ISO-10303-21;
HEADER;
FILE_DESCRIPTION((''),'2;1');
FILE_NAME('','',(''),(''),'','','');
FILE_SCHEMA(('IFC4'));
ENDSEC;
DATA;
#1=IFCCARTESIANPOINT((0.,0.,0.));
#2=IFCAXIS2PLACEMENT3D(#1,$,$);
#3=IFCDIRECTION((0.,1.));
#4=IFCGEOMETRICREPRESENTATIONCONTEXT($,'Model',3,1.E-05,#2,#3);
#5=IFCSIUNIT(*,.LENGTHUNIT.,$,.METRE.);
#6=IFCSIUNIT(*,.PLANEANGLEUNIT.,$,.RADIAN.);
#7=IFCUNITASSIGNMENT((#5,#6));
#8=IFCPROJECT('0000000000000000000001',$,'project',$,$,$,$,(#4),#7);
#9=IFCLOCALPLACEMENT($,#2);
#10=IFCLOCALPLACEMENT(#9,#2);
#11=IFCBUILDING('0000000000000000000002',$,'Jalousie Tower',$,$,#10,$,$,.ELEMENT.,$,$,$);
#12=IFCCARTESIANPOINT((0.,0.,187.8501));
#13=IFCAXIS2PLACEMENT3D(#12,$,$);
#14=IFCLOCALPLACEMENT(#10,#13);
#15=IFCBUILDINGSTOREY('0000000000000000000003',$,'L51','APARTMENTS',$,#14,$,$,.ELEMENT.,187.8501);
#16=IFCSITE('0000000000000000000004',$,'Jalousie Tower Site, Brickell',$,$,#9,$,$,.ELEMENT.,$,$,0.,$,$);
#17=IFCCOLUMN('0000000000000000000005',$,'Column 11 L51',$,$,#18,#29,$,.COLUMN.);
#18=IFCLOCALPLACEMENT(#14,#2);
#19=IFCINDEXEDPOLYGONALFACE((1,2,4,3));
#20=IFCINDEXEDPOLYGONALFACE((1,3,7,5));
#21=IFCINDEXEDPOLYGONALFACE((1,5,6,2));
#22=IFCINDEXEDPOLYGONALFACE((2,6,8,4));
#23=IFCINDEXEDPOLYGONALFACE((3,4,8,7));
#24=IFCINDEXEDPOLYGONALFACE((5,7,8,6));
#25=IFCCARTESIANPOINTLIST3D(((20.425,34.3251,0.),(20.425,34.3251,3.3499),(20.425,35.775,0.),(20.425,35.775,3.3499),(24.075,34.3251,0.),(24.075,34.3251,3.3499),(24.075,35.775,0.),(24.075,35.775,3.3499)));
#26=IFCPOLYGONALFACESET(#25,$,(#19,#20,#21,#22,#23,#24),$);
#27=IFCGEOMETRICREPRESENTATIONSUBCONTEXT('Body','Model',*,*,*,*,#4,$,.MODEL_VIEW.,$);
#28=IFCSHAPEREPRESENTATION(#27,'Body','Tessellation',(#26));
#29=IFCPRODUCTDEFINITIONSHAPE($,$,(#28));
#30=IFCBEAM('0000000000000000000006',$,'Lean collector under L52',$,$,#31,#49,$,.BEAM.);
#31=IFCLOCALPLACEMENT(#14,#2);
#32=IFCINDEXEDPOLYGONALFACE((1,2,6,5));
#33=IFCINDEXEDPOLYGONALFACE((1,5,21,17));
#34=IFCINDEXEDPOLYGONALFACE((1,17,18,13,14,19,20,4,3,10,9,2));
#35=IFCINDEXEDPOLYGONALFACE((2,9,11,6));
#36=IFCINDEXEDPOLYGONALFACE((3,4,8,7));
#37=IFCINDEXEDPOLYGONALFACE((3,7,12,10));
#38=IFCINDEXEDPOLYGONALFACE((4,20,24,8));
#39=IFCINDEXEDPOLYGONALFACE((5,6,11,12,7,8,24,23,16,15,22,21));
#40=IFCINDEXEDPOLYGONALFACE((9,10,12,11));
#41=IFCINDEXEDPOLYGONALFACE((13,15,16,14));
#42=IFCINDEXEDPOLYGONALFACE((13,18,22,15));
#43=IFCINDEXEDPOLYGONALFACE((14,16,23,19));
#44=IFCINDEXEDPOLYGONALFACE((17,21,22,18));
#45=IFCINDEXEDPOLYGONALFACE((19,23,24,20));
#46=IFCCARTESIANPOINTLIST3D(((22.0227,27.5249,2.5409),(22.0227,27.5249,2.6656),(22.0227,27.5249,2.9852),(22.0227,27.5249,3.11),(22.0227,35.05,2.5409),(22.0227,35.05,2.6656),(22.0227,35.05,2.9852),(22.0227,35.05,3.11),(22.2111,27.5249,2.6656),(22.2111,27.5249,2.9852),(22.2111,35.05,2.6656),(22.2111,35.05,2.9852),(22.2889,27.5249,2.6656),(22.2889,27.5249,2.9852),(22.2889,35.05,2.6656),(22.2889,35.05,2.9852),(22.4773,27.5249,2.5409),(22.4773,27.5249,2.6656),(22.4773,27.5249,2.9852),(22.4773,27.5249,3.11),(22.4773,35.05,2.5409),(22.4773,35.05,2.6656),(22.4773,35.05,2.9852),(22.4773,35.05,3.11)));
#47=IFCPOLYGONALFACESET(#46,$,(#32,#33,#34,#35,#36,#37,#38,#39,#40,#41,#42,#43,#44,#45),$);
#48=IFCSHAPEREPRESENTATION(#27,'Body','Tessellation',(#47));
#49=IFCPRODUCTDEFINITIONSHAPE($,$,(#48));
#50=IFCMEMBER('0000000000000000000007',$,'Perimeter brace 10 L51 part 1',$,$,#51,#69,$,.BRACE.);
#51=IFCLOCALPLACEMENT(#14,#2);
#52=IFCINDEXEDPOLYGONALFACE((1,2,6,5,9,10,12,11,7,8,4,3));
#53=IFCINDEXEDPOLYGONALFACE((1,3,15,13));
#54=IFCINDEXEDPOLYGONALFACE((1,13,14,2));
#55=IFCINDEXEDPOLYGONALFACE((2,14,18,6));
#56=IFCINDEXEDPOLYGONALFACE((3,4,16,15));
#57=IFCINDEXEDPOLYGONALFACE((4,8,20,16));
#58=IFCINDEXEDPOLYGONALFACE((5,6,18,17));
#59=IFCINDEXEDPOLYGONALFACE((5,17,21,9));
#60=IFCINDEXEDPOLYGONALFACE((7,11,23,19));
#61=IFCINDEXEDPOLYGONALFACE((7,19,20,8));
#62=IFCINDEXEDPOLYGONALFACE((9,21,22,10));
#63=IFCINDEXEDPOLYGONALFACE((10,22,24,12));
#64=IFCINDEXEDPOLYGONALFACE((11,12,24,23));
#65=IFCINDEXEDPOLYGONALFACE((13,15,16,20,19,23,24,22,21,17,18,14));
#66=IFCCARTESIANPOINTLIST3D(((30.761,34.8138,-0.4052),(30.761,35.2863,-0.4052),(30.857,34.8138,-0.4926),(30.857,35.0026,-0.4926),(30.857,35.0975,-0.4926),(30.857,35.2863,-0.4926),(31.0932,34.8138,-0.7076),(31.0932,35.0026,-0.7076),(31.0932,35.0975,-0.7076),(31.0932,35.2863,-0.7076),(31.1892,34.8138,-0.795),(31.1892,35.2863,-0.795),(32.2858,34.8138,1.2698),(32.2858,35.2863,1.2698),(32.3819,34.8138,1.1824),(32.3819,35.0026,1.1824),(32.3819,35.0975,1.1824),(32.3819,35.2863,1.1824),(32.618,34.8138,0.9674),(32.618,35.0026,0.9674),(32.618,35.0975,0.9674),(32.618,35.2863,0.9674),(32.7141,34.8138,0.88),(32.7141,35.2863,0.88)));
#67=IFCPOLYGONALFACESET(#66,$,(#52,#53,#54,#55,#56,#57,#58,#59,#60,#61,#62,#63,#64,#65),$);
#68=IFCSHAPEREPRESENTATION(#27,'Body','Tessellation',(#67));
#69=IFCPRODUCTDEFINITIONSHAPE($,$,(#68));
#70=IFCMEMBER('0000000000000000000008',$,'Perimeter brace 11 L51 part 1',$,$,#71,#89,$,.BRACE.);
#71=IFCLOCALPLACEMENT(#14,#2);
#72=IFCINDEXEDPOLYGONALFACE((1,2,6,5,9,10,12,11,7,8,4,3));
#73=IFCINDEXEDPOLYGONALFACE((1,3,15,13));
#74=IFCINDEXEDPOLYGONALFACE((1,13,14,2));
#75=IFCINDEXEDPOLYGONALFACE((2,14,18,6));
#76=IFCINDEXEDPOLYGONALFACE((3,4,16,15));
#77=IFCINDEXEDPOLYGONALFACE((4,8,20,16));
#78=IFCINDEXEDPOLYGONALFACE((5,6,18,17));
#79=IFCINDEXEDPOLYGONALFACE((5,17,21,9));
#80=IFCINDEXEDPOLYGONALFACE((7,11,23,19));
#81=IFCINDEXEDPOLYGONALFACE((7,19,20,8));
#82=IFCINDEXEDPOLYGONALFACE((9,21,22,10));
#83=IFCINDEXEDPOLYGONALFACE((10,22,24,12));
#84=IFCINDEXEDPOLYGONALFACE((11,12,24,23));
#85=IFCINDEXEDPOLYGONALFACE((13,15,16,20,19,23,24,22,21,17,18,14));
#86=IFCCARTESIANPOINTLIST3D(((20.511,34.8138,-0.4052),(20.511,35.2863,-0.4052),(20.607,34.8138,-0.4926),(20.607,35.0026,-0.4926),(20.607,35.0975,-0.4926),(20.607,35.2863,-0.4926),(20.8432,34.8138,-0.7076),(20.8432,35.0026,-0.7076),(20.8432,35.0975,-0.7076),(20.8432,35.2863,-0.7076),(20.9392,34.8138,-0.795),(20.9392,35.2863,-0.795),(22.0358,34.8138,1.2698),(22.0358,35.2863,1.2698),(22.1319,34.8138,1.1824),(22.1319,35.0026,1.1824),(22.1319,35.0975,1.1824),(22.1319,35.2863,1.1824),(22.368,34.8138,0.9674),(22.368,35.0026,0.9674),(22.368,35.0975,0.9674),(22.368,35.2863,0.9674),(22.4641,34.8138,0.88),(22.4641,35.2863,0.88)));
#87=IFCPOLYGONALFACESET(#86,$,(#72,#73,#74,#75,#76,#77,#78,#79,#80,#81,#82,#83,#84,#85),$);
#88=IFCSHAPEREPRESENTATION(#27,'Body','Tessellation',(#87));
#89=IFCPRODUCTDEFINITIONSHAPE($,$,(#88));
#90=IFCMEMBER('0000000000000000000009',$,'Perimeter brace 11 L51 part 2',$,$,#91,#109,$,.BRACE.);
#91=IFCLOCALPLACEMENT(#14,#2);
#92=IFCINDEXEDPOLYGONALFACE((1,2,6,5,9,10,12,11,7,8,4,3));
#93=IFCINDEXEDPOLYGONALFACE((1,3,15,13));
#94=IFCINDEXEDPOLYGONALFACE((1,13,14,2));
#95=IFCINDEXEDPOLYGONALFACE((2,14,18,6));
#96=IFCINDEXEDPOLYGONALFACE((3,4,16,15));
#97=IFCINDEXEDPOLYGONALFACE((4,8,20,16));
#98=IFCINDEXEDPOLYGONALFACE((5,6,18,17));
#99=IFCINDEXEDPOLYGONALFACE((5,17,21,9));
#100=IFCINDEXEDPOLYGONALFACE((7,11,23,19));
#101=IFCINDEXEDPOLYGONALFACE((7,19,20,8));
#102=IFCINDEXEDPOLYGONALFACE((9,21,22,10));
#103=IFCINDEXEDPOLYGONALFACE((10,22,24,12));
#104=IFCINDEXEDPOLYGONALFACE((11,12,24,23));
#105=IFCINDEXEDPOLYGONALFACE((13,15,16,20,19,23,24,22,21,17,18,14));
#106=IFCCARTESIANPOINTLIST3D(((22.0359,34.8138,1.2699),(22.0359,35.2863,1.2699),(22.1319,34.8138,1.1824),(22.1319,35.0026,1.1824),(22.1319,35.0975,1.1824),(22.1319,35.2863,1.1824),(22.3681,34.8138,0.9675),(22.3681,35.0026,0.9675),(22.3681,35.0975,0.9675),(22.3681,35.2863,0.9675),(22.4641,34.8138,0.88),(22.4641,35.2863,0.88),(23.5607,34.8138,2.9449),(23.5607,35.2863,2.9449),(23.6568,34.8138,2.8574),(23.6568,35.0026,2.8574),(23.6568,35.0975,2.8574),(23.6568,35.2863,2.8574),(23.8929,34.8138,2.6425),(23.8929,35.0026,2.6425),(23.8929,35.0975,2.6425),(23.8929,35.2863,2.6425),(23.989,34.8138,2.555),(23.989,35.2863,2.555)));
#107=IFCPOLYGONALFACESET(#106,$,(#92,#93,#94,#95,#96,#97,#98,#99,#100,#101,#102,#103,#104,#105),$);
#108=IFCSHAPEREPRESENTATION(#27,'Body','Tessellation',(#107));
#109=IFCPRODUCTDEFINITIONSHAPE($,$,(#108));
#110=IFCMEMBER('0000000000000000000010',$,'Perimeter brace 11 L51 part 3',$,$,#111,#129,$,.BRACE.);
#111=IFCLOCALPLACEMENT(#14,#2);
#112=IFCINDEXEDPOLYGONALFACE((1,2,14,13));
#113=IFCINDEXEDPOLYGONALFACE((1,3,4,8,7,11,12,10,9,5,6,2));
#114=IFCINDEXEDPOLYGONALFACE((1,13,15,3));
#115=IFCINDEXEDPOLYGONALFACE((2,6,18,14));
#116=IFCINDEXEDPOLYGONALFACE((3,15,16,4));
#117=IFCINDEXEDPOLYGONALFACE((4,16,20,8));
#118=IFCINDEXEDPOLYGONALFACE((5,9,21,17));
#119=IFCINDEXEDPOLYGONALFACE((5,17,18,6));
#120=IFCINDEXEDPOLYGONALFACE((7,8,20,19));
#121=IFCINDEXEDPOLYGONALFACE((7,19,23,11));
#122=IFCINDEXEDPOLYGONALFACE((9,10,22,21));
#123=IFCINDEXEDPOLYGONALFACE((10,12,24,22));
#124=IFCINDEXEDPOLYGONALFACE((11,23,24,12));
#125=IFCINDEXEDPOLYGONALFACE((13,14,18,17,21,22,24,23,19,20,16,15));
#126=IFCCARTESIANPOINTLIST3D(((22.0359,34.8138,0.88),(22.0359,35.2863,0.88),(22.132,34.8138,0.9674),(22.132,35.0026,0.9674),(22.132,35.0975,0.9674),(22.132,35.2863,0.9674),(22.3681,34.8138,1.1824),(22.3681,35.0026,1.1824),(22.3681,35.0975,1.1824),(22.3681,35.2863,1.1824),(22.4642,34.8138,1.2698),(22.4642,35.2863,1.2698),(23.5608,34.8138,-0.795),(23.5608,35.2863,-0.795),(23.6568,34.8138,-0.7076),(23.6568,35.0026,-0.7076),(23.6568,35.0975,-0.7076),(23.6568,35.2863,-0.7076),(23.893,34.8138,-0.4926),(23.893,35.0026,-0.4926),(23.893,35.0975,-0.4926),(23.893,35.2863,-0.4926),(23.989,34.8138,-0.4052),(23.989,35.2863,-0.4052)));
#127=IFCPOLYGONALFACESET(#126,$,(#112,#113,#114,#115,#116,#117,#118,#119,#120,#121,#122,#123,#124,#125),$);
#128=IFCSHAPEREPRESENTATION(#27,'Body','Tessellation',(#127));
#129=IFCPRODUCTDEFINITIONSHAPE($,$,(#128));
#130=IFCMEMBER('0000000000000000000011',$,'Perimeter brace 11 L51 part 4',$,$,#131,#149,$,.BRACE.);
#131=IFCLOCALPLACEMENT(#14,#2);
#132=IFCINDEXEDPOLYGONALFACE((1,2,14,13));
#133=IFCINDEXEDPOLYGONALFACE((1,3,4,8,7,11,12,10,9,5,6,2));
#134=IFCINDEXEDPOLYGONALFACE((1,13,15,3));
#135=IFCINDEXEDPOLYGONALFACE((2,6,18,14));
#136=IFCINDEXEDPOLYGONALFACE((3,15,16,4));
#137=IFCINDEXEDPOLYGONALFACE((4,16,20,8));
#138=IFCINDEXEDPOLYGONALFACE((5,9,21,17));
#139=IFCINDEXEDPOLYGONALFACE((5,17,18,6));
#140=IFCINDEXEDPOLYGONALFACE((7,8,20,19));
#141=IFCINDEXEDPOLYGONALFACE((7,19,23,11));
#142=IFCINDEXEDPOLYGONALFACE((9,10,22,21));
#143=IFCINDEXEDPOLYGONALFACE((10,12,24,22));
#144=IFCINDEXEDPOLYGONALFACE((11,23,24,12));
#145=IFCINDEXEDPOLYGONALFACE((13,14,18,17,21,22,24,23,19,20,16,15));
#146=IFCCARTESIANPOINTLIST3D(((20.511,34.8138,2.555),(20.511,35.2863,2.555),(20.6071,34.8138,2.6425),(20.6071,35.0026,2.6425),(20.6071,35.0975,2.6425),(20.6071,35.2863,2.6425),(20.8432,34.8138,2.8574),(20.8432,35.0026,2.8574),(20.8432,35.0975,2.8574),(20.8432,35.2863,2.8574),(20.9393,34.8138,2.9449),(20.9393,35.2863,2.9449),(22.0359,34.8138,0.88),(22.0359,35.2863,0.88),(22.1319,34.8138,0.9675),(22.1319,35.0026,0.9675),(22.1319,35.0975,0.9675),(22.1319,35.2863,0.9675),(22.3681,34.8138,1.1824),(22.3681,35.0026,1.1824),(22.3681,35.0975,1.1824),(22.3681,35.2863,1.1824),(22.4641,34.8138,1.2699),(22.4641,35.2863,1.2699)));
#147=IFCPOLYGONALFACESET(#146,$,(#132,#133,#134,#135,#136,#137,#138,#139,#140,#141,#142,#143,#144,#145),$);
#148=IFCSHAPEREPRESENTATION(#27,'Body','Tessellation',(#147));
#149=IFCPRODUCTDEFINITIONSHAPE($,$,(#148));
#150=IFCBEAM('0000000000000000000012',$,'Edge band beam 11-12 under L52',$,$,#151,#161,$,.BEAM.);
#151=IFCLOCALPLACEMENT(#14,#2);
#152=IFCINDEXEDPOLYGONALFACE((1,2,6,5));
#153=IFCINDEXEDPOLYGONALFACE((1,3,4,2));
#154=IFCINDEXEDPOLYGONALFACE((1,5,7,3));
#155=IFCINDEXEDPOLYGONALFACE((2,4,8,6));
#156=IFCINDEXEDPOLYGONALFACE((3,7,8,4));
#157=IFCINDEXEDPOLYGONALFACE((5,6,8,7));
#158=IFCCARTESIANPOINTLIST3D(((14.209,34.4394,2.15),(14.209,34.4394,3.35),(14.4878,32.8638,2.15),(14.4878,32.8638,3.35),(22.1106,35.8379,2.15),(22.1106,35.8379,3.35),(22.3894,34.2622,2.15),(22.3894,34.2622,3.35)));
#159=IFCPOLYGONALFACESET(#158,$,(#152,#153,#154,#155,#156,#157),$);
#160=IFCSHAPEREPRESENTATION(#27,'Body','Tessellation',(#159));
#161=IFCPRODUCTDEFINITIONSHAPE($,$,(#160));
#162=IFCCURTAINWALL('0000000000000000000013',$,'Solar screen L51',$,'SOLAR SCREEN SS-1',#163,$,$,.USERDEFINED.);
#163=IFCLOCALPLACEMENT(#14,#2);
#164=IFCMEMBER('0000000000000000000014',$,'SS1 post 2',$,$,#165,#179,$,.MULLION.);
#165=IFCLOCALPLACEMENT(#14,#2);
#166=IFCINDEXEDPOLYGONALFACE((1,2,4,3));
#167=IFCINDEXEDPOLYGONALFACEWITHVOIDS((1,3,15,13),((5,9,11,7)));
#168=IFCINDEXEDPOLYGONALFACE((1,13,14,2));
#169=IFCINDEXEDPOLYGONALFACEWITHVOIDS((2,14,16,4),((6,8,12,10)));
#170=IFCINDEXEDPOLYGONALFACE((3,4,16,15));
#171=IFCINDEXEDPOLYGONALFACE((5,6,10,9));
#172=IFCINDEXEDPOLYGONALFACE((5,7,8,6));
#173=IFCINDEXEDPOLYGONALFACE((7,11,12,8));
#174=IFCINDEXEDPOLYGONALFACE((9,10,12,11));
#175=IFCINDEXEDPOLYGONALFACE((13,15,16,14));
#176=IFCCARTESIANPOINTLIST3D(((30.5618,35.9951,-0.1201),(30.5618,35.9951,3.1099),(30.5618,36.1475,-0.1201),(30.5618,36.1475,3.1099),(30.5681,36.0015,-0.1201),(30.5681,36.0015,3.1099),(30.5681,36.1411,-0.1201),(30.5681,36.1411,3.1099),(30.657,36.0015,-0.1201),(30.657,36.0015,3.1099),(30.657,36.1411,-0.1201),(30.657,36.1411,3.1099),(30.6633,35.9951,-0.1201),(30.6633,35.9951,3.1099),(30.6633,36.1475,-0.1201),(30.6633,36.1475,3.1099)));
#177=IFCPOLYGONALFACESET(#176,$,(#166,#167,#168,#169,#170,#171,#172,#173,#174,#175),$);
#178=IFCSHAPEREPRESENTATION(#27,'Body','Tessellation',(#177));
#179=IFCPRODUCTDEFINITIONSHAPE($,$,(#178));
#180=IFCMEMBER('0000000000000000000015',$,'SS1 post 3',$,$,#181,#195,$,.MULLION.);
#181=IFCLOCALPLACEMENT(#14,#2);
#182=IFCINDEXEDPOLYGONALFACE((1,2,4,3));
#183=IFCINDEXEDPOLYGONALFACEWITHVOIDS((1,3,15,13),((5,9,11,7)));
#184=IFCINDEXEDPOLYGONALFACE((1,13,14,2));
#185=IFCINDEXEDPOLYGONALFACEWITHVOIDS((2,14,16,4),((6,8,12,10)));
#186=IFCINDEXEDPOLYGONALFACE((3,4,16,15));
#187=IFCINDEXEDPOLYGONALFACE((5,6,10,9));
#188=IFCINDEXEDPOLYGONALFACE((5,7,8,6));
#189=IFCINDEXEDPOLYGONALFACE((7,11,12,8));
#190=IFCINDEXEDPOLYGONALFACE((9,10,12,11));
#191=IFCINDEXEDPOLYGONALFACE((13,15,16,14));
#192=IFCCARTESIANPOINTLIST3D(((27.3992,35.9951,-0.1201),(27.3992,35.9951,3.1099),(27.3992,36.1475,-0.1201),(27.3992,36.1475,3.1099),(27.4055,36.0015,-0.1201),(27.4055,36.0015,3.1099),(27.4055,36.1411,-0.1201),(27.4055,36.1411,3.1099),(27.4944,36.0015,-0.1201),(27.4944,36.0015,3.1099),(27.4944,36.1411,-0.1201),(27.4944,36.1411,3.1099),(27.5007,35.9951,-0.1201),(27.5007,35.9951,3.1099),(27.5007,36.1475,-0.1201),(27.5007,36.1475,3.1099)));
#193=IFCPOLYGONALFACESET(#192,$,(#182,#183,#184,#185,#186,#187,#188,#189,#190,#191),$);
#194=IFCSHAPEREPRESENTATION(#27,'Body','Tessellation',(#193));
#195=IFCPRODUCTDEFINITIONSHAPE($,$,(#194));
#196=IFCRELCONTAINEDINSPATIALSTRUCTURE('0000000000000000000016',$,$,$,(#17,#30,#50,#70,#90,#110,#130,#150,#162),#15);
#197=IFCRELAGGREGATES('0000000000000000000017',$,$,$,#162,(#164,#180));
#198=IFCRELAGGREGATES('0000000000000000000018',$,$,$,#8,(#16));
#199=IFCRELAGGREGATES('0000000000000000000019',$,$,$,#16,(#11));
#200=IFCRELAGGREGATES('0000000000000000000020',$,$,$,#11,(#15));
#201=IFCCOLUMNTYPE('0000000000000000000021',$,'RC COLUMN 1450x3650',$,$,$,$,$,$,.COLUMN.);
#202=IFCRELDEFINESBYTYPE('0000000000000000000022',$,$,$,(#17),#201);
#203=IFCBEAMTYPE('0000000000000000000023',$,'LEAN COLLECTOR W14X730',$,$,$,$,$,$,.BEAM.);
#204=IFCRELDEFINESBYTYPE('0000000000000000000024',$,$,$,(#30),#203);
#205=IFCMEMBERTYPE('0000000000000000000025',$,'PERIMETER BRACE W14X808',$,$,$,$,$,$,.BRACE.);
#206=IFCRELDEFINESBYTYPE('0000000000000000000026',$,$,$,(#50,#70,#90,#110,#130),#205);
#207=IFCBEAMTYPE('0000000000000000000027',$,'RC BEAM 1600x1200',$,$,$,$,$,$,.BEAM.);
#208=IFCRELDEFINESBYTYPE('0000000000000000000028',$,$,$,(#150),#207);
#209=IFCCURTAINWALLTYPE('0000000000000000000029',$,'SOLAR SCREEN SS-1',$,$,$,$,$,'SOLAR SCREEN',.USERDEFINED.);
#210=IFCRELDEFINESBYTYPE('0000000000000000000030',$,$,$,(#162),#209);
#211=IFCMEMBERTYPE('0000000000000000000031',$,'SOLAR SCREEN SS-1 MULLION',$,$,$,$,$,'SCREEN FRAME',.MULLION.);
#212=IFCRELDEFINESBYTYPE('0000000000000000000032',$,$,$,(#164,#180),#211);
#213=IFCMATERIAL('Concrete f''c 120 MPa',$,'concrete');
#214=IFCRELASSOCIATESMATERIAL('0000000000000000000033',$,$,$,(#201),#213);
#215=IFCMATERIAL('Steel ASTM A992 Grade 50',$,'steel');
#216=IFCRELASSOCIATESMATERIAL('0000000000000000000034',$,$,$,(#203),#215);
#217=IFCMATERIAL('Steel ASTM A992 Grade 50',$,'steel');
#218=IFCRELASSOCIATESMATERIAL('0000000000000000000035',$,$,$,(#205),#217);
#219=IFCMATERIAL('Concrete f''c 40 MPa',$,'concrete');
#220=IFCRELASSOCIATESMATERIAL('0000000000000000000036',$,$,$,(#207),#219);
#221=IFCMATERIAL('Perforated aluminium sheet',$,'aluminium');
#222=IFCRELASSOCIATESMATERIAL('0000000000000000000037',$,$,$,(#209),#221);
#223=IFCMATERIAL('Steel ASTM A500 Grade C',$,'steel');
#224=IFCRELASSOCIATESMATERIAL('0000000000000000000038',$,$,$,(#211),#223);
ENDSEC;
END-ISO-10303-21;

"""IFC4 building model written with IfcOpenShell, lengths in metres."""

from ifc_helpers import new_model, si_unit, direction, frame, origin, origin_2d, place, context, subcontext, project, spatial, rectangle, hollow_rectangle, i_section, extrude, material, material_profile, profile_set, type_object, element, aggregate, save


model = new_model("IFC4")

# Units and contexts
model_context = context("Model", 3, precision=1e-05, world=origin(), true_north=direction((0.0, 1.0)))
body_context = subcontext(model_context, "Body", "Model", "MODEL_VIEW")
ifc_project = project(units=[si_unit("LENGTHUNIT", "METRE"), si_unit("PLANEANGLEUNIT", "RADIAN")], contexts=[model_context])

# Site, building, storey
site_placement = place(None, origin())
site = spatial("IfcSite", under=ifc_project, at=site_placement, Name="Jalousie Tower Site, Brickell", CompositionType="ELEMENT", RefElevation=0.0)
building_placement = place(site_placement, origin())
building = spatial("IfcBuilding", under=site, at=building_placement, Name="Jalousie Tower", CompositionType="ELEMENT")
storey_placement = place(building_placement, frame((0.0, 0.0, 187.8501)))
storey = spatial("IfcBuildingStorey", under=building, at=storey_placement, Name="L51", Description="APARTMENTS", CompositionType="ELEMENT", Elevation=187.8501)

# Column
ifc_material_1 = material(Name="Concrete f'c 120 MPa", Category="concrete")
ifc_material_profile_1 = material_profile(ifc_material_1, rectangle(XDim=1.45, YDim=3.6499, at=origin_2d()), Name="RC 1450x3650")
ifc_profile_set_1 = profile_set([ifc_material_profile_1], Name="Concrete f'c 120 MPa")
column_type = type_object("IfcColumnType", Name="RC COLUMN 1450x3650", PredefinedType="COLUMN", material=ifc_profile_set_1)
column_placement = place(storey_placement, frame((22.25, 35.05, 0.0), z_axis=(0.0, 0.0, 1.0), x_axis=(0.0, 1.0, 0.0)))
element("IfcColumn", 1, at=column_placement, inside=storey, type_object=column_type, Name="Column 11 L51", PredefinedType="COLUMN", context=body_context, shape_type="SweptSolid", body=[
    extrude(rectangle(XDim=1.45, YDim=3.6499, at=origin_2d()), origin(), (0.0, 0.0, 1.0), 3.3499),
])

# Beam
ifc_material_2 = material(Name="Steel ASTM A992 Grade 50", Category="steel")
ifc_material_profile_2 = material_profile(ifc_material_2, i_section(OverallWidth=0.4546, OverallDepth=0.5691, WebThickness=0.0779, FlangeThickness=0.1248, at=origin_2d()), Name="W14X730")
ifc_profile_set_2 = profile_set([ifc_material_profile_2], Name="Steel ASTM A992 Grade 50")
beam_type_1 = type_object("IfcBeamType", Name="LEAN COLLECTOR W14X730", PredefinedType="BEAM", material=ifc_profile_set_2)
beam_1_placement = place(storey_placement, frame((22.25, 35.05, 2.8254), z_axis=(0.0, -1.0, 0.0), x_axis=(1.0, 0.0, 0.0)))
element("IfcBeam", 2, at=beam_1_placement, inside=storey, type_object=beam_type_1, Name="Lean collector under L52", PredefinedType="BEAM", context=body_context, shape_type="SweptSolid", body=[
    extrude(i_section(OverallWidth=0.4546, OverallDepth=0.5691, WebThickness=0.0779, FlangeThickness=0.1248, at=origin_2d()), origin(), (0.0, 0.0, 1.0), 7.5251),
])

# Members
ifc_material_3 = material(Name="Steel ASTM A992 Grade 50", Category="steel")
ifc_material_profile_3 = material_profile(ifc_material_3, i_section(OverallWidth=0.4724, OverallDepth=0.5791, WebThickness=0.095, FlangeThickness=0.1299, at=origin_2d()), Name="W14X808")
ifc_profile_set_3 = profile_set([ifc_material_profile_3], Name="Steel ASTM A992 Grade 50")
member_type_1 = type_object("IfcMemberType", Name="PERIMETER BRACE W14X808", PredefinedType="BRACE", material=ifc_profile_set_3)
for number, where, z_axis, x_axis, name in (
    (3, (30.9751, 35.05, -0.6001), (0.673188, 0.0, 0.739472), (0.0, 1.0, 0.0), "Perimeter brace 10 L51 part 1"),
    (4, (20.7251, 35.05, -0.6001), (0.673188, 0.0, 0.739472), (0.0, 1.0, 0.0), "Perimeter brace 11 L51 part 1"),
    (5, (22.25, 35.05, 1.075), (0.673188, 0.0, 0.739472), (0.0, 1.0, 0.0), "Perimeter brace 11 L51 part 2"),
    (6, (23.7749, 35.05, -0.6001), (-0.673188, 0.0, 0.739472), (0.0, -1.0, 0.0), "Perimeter brace 11 L51 part 3"),
    (7, (22.25, 35.05, 1.075), (-0.673188, 0.0, 0.739472), (0.0, -1.0, 0.0), "Perimeter brace 11 L51 part 4"),
):
    element("IfcMember", number, at=place(storey_placement, frame(where, z_axis=z_axis, x_axis=x_axis)), inside=storey, type_object=member_type_1, Name=name, PredefinedType="BRACE", context=body_context, shape_type="SweptSolid", body=[
        extrude(i_section(OverallWidth=0.4724, OverallDepth=0.5791, WebThickness=0.095, FlangeThickness=0.1299, at=origin_2d()), origin(), (0.0, 0.0, 1.0), 2.2651),
    ])

# Beam
ifc_material_4 = material(Name="Concrete f'c 40 MPa", Category="concrete")
ifc_material_profile_4 = material_profile(ifc_material_4, rectangle(XDim=1.6001, YDim=1.2, at=origin_2d()), Name="RC 1600x1200")
ifc_profile_set_4 = profile_set([ifc_material_profile_4], Name="Concrete f'c 40 MPa")
beam_type_2 = type_object("IfcBeamType", Name="RC BEAM 1600x1200", PredefinedType="BEAM", material=ifc_profile_set_4)
beam_2_placement = place(storey_placement, frame((22.25, 35.05, 2.75), z_axis=(-0.984697, -0.174273, 0.0), x_axis=(0.174273, -0.984697, 0.0)))
element("IfcBeam", 8, at=beam_2_placement, inside=storey, type_object=beam_type_2, Name="Edge band beam 11-12 under L52", PredefinedType="BEAM", context=body_context, shape_type="SweptSolid", body=[
    extrude(rectangle(XDim=1.6001, YDim=1.2, at=origin_2d()), origin(), (0.0, 0.0, 1.0), 8.0244),
])

# Curtain wall, members
ifc_material_5 = material(Name="Perforated aluminium sheet", Category="aluminium")
curtain_wall_type = type_object("IfcCurtainWallType", Name="SOLAR SCREEN SS-1", ElementType="SOLAR SCREEN", PredefinedType="USERDEFINED", material=ifc_material_5)
curtain_wall_1_placement = place(storey_placement, origin())
curtain_wall_1 = element("IfcCurtainWall", 9, at=curtain_wall_1_placement, inside=storey, type_object=curtain_wall_type, Name="Solar screen L51", ObjectType="SOLAR SCREEN SS-1", PredefinedType="USERDEFINED")
ifc_material_6 = material(Name="Steel ASTM A500 Grade C", Category="steel")
ifc_material_profile_5 = material_profile(ifc_material_6, hollow_rectangle(XDim=0.1016, YDim=0.1523, WallThickness=0.0063, at=origin_2d()), Name="HSS6X4X1/4")
ifc_profile_set_5 = profile_set([ifc_material_profile_5], Name="Steel ASTM A500 Grade C")
member_type_2 = type_object("IfcMemberType", Name="SOLAR SCREEN SS-1 MULLION", ElementType="SCREEN FRAME", PredefinedType="MULLION", material=ifc_profile_set_5)
member_1_placement = place(storey_placement, frame((30.6125, 36.0713, -0.1201), z_axis=(0.0, 0.0, 1.0), x_axis=(-1.0, 0.0, 0.0)))
member_1 = element("IfcMember", 10, at=member_1_placement, type_object=member_type_2, Name="SS1 post 2", PredefinedType="MULLION", context=body_context, shape_type="SweptSolid", body=[
    extrude(hollow_rectangle(XDim=0.1016, YDim=0.1523, WallThickness=0.0063, at=origin_2d()), origin(), (0.0, 0.0, 1.0), 3.23),
])
member_2_placement = place(storey_placement, frame((27.45, 36.0713, -0.1201), z_axis=(0.0, 0.0, 1.0), x_axis=(-1.0, 0.0, 0.0)))
member_2 = element("IfcMember", 11, at=member_2_placement, type_object=member_type_2, Name="SS1 post 3", PredefinedType="MULLION", context=body_context, shape_type="SweptSolid", body=[
    extrude(hollow_rectangle(XDim=0.1016, YDim=0.1523, WallThickness=0.0063, at=origin_2d()), origin(), (0.0, 0.0, 1.0), 3.23),
])

aggregate(curtain_wall_1, [member_1, member_2])

save(model, "model.ifc")
